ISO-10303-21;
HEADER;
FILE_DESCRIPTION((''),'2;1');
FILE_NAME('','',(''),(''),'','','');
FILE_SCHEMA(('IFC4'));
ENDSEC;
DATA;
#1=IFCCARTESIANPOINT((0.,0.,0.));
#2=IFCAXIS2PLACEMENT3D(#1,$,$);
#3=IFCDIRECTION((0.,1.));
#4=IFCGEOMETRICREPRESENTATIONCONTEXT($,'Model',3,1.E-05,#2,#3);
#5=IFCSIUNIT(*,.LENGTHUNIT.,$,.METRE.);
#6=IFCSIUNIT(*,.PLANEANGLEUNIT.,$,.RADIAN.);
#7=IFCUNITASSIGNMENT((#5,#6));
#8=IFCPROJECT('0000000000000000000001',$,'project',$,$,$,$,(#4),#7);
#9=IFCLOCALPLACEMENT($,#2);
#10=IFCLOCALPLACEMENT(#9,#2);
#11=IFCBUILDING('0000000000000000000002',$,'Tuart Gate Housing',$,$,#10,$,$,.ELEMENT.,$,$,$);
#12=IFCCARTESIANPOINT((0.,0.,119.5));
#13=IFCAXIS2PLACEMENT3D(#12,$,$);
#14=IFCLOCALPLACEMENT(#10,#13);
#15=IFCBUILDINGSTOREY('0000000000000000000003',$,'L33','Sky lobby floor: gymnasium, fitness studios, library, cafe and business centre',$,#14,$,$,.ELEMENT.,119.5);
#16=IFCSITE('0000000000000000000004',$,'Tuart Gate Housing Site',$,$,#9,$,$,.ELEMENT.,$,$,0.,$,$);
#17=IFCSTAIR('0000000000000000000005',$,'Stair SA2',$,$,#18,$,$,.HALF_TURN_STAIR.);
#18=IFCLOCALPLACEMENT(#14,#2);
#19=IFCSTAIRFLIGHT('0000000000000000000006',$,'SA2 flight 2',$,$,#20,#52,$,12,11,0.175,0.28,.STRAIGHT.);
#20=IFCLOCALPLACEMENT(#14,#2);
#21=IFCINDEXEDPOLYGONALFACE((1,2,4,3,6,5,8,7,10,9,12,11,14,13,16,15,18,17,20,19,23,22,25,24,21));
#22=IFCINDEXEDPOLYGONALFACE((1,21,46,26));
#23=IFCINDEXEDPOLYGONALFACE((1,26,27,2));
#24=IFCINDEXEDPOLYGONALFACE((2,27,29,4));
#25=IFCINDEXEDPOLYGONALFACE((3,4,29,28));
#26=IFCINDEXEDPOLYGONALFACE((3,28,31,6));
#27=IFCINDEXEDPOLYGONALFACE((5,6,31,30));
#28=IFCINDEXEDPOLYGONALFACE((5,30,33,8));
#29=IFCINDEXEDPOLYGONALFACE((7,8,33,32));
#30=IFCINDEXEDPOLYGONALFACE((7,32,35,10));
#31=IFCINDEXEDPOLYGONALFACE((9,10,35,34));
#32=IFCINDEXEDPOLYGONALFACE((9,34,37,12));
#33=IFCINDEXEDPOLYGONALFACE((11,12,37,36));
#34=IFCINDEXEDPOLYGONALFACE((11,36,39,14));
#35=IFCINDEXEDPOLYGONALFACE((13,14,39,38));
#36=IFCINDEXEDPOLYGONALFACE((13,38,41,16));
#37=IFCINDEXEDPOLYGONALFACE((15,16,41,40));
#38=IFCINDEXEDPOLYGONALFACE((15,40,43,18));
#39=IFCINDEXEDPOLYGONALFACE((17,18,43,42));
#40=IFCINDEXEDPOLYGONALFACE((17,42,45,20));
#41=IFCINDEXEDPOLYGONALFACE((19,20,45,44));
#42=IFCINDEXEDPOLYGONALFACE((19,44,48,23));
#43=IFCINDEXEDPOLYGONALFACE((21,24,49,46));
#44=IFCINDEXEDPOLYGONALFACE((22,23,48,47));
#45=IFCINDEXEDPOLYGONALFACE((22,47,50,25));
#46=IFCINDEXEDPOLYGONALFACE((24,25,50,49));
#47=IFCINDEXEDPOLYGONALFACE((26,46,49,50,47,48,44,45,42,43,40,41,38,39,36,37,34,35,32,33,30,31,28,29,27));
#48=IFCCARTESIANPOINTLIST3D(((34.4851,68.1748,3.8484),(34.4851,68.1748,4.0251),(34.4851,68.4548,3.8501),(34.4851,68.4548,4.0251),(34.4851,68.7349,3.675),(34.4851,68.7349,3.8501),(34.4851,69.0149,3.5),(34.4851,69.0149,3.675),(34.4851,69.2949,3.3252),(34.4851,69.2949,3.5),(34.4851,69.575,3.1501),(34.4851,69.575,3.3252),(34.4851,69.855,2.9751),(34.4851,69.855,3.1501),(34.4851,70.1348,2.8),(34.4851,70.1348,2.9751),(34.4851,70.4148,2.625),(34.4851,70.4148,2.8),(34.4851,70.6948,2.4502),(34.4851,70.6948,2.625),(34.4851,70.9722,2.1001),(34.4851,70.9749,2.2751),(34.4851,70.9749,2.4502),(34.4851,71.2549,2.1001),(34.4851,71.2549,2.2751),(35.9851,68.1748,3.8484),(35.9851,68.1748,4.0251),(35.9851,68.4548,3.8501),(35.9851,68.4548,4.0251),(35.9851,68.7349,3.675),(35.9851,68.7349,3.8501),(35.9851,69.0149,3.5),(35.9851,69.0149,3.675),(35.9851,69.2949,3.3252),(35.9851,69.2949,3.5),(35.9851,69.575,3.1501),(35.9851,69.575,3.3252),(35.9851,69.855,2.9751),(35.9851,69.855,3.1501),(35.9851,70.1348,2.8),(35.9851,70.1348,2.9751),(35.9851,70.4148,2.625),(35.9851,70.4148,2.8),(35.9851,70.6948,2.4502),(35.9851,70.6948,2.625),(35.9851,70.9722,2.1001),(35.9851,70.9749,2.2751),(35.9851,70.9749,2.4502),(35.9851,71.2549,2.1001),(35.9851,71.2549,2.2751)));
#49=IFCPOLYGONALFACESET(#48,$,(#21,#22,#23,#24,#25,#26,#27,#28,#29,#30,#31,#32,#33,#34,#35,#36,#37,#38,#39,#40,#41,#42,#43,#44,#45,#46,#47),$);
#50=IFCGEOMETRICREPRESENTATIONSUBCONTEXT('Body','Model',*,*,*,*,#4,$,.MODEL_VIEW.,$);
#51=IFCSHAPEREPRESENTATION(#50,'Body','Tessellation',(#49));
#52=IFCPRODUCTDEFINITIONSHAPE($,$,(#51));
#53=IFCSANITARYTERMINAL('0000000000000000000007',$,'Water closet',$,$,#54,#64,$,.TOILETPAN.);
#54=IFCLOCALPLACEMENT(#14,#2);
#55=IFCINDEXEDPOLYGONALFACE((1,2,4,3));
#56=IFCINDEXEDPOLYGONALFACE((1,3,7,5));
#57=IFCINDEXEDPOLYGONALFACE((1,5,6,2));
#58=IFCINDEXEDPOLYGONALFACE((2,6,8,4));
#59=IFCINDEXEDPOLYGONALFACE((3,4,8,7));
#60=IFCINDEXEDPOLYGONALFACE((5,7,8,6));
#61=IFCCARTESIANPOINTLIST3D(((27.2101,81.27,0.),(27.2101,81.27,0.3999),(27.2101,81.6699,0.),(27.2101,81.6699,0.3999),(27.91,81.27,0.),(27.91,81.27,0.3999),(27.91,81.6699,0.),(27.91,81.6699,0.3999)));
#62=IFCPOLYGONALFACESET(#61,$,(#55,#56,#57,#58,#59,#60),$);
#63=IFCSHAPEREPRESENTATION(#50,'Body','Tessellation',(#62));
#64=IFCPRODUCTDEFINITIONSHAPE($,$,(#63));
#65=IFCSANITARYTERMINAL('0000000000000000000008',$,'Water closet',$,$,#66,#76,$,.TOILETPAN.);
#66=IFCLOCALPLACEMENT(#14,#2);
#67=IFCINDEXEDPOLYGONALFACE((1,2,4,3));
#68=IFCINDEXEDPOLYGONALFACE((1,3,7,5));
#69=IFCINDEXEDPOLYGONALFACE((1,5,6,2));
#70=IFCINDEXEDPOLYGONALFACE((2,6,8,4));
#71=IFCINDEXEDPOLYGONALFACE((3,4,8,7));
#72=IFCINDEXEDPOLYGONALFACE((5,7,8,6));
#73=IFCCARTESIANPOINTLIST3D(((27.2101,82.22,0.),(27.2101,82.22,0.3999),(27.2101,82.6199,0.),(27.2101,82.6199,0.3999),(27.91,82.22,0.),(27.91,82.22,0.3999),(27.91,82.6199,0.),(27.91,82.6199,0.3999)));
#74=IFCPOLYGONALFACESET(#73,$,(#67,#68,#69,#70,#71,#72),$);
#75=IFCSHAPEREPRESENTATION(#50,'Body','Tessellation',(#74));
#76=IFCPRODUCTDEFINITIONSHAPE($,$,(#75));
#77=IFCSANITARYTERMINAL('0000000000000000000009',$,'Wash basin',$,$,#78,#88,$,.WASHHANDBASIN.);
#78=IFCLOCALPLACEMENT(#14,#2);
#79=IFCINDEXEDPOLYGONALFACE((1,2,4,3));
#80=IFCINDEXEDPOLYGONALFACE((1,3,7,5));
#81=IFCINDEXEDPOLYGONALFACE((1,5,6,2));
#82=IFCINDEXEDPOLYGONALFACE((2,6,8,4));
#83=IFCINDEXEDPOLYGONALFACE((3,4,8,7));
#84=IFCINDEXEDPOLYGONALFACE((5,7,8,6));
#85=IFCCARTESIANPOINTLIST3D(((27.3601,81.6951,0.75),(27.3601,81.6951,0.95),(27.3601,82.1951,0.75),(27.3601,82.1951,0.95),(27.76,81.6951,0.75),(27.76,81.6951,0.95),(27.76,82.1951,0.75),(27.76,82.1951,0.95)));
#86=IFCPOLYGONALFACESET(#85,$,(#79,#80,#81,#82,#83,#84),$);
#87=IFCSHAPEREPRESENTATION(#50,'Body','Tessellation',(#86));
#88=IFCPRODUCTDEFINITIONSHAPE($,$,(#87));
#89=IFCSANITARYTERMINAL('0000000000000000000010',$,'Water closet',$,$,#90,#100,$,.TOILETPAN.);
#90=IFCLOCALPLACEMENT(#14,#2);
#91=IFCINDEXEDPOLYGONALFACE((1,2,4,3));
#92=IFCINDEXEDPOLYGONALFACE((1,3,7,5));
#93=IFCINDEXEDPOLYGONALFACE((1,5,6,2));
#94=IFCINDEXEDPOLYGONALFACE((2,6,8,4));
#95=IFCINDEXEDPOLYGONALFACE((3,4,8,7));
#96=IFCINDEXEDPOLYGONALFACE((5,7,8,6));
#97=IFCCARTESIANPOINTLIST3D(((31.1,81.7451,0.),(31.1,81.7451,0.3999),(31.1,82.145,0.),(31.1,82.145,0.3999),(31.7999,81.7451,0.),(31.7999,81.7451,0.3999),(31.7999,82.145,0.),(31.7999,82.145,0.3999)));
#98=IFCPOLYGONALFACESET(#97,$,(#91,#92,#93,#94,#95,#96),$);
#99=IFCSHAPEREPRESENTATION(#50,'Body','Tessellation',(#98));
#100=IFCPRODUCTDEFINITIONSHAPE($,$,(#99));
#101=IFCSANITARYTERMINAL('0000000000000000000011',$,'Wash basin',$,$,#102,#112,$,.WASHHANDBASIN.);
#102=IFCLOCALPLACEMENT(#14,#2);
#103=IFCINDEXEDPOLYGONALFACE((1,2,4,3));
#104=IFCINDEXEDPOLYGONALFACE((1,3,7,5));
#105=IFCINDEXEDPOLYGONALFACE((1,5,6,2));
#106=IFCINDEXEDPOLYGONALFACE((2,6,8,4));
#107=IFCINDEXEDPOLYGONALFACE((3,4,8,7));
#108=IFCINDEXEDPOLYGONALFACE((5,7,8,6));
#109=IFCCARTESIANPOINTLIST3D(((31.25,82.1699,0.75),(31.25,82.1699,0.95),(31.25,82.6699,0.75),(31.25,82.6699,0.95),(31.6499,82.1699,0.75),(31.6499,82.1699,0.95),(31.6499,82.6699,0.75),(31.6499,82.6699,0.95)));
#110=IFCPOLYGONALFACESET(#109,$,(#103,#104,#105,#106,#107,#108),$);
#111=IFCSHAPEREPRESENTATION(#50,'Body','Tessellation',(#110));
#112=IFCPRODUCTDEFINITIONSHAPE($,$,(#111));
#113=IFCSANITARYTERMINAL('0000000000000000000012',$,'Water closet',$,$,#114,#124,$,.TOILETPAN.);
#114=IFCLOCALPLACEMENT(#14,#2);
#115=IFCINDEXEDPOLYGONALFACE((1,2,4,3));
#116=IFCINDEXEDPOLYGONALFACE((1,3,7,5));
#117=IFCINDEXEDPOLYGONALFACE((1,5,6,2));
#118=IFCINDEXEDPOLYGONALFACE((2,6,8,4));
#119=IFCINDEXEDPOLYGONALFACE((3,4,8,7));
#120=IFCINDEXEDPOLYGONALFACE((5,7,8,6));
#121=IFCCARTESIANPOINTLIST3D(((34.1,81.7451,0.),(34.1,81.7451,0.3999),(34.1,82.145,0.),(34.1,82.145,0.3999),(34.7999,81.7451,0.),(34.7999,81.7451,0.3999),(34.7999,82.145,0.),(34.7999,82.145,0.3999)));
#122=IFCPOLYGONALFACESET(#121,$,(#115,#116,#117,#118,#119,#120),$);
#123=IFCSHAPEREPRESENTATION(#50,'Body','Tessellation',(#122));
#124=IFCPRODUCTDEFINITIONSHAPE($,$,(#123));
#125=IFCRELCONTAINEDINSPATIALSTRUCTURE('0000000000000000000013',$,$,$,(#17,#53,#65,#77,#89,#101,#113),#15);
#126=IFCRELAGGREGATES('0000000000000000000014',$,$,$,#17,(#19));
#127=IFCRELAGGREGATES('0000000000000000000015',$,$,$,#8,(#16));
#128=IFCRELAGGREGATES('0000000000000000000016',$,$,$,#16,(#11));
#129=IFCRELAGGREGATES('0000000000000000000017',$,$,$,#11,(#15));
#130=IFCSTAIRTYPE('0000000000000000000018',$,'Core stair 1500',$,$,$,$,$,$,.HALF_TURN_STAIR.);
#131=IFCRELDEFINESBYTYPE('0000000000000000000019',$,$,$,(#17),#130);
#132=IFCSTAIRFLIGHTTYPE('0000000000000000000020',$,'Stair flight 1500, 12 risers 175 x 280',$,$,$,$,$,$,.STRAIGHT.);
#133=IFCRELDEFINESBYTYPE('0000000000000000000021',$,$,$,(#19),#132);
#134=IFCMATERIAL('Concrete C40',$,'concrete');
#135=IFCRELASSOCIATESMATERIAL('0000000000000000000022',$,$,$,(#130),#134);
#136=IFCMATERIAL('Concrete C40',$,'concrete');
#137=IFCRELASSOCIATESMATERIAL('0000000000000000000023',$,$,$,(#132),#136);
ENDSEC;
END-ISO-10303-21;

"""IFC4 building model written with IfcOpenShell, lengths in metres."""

from ifc_helpers import new_model, si_unit, direction, frame, origin, origin_2d, place, context, subcontext, project, spatial, polyline, rectangle, outline, extrude, material, type_object, element, aggregate, save


model = new_model("IFC4")

# Units and contexts
model_context = context("Model", 3, precision=1e-05, world=origin(), true_north=direction((0.0, 1.0)))
body_context = subcontext(model_context, "Body", "Model", "MODEL_VIEW")
ifc_project = project(units=[si_unit("LENGTHUNIT", "METRE"), si_unit("PLANEANGLEUNIT", "RADIAN")], contexts=[model_context])

# Site, building, storey
site_placement = place(None, origin())
site = spatial("IfcSite", under=ifc_project, at=site_placement, Name="Tuart Gate Housing Site", CompositionType="ELEMENT", RefElevation=0.0)
building_placement = place(site_placement, origin())
building = spatial("IfcBuilding", under=site, at=building_placement, Name="Tuart Gate Housing", CompositionType="ELEMENT")
storey_placement = place(building_placement, frame((0.0, 0.0, 119.5)))
storey = spatial("IfcBuildingStorey", under=building, at=storey_placement, Name="L33", Description="Sky lobby floor: gymnasium, fitness studios, library, cafe and business centre", CompositionType="ELEMENT", Elevation=119.5)

# Stair, stair flight
ifc_material_1 = material(Name="Concrete C40", Category="concrete")
stair_type = type_object("IfcStairType", Name="Core stair 1500", PredefinedType="HALF_TURN_STAIR", material=ifc_material_1)
stair_placement = place(storey_placement, origin())
stair = element("IfcStair", 1, at=stair_placement, inside=storey, type_object=stair_type, Name="Stair SA2", PredefinedType="HALF_TURN_STAIR")
ifc_material_2 = material(Name="Concrete C40", Category="concrete")
stair_flight_type = type_object("IfcStairFlightType", Name="Stair flight 1500, 12 risers 175 x 280", PredefinedType="STRAIGHT", material=ifc_material_2)
stair_flight_placement = place(storey_placement, frame((35.2351, 71.2549, 2.1001), z_axis=(0.0, 0.0, 1.0), x_axis=(0.0, -1.0, 0.0)))
stair_flight = element("IfcStairFlight", 2, at=stair_flight_placement, type_object=stair_flight_type, Name="SA2 flight 2", NumberOfRisers=12, NumberOfTreads=11, PredefinedType="STRAIGHT", RiserHeight=0.175, TreadLength=0.28, context=body_context, shape_type="SweptSolid", body=[
    extrude(outline(polyline([(0.0, 0.0), (0.0, 0.175), (0.28, 0.175), (0.28, 0.3501), (0.5601, 0.3501), (0.5601, 0.5249), (0.8401, 0.5249), (0.8401, 0.7), (1.1201, 0.7), (1.1201, 0.875), (1.3999, 0.875), (1.3999, 1.05), (1.6799, 1.05), (1.6799, 1.2251), (1.96, 1.2251), (1.96, 1.3999), (2.24, 1.3999), (2.24, 1.575), (2.52, 1.575), (2.52, 1.75), (2.8, 1.75), (2.8, 1.925), (3.0801, 1.925), (3.0801, 2.1001), (3.0801, 1.7483), (0.2827, 0.0), (0.0, 0.0)])), frame((0.0, 0.75, 0.0), z_axis=(0.0, -1.0, 0.0), x_axis=(1.0, 0.0, 0.0)), (0.0, 0.0, 1.0), 1.5),
])
aggregate(stair, [stair_flight])

# Sanitary terminals
for number, where, z_axis, x_axis, name in (
    (3, (27.5601, 81.47, 0.0), (0.0, 0.0, 1.0), (1.0, 0.0, 0.0), "Water closet"),
    (4, (27.5601, 82.4199, 0.0), (0.0, 0.0, 1.0), (1.0, 0.0, 0.0), "Water closet"),
):
    element("IfcSanitaryTerminal", number, at=place(storey_placement, frame(where, z_axis=z_axis, x_axis=x_axis)), inside=storey, Name=name, PredefinedType="TOILETPAN", context=body_context, shape_type="SweptSolid", body=[
        extrude(rectangle(XDim=0.7, YDim=0.3999, at=origin_2d()), origin(), (0.0, 0.0, 1.0), 0.3999),
    ])
sanitary_terminal_1_placement = place(storey_placement, frame((27.5601, 81.9451, 0.75), z_axis=(0.0, 0.0, 1.0), x_axis=(1.0, 0.0, 0.0)))
element("IfcSanitaryTerminal", 5, at=sanitary_terminal_1_placement, inside=storey, Name="Wash basin", PredefinedType="WASHHANDBASIN", context=body_context, shape_type="SweptSolid", body=[
    extrude(rectangle(XDim=0.3999, YDim=0.5, at=origin_2d()), origin(), (0.0, 0.0, 1.0), 0.2),
])
sanitary_terminal_2_placement = place(storey_placement, frame((31.45, 81.9451, 0.0), z_axis=(0.0, 0.0, 1.0), x_axis=(1.0, 0.0, 0.0)))
element("IfcSanitaryTerminal", 6, at=sanitary_terminal_2_placement, inside=storey, Name="Water closet", PredefinedType="TOILETPAN", context=body_context, shape_type="SweptSolid", body=[
    extrude(rectangle(XDim=0.7, YDim=0.3999, at=origin_2d()), origin(), (0.0, 0.0, 1.0), 0.3999),
])
sanitary_terminal_3_placement = place(storey_placement, frame((31.45, 82.4199, 0.75), z_axis=(0.0, 0.0, 1.0), x_axis=(1.0, 0.0, 0.0)))
element("IfcSanitaryTerminal", 7, at=sanitary_terminal_3_placement, inside=storey, Name="Wash basin", PredefinedType="WASHHANDBASIN", context=body_context, shape_type="SweptSolid", body=[
    extrude(rectangle(XDim=0.3999, YDim=0.5, at=origin_2d()), origin(), (0.0, 0.0, 1.0), 0.2),
])
sanitary_terminal_4_placement = place(storey_placement, frame((34.45, 81.9451, 0.0), z_axis=(0.0, 0.0, 1.0), x_axis=(1.0, 0.0, 0.0)))
element("IfcSanitaryTerminal", 8, at=sanitary_terminal_4_placement, inside=storey, Name="Water closet", PredefinedType="TOILETPAN", context=body_context, shape_type="SweptSolid", body=[
    extrude(rectangle(XDim=0.7, YDim=0.3999, at=origin_2d()), origin(), (0.0, 0.0, 1.0), 0.3999),
])

save(model, "model.ifc")
